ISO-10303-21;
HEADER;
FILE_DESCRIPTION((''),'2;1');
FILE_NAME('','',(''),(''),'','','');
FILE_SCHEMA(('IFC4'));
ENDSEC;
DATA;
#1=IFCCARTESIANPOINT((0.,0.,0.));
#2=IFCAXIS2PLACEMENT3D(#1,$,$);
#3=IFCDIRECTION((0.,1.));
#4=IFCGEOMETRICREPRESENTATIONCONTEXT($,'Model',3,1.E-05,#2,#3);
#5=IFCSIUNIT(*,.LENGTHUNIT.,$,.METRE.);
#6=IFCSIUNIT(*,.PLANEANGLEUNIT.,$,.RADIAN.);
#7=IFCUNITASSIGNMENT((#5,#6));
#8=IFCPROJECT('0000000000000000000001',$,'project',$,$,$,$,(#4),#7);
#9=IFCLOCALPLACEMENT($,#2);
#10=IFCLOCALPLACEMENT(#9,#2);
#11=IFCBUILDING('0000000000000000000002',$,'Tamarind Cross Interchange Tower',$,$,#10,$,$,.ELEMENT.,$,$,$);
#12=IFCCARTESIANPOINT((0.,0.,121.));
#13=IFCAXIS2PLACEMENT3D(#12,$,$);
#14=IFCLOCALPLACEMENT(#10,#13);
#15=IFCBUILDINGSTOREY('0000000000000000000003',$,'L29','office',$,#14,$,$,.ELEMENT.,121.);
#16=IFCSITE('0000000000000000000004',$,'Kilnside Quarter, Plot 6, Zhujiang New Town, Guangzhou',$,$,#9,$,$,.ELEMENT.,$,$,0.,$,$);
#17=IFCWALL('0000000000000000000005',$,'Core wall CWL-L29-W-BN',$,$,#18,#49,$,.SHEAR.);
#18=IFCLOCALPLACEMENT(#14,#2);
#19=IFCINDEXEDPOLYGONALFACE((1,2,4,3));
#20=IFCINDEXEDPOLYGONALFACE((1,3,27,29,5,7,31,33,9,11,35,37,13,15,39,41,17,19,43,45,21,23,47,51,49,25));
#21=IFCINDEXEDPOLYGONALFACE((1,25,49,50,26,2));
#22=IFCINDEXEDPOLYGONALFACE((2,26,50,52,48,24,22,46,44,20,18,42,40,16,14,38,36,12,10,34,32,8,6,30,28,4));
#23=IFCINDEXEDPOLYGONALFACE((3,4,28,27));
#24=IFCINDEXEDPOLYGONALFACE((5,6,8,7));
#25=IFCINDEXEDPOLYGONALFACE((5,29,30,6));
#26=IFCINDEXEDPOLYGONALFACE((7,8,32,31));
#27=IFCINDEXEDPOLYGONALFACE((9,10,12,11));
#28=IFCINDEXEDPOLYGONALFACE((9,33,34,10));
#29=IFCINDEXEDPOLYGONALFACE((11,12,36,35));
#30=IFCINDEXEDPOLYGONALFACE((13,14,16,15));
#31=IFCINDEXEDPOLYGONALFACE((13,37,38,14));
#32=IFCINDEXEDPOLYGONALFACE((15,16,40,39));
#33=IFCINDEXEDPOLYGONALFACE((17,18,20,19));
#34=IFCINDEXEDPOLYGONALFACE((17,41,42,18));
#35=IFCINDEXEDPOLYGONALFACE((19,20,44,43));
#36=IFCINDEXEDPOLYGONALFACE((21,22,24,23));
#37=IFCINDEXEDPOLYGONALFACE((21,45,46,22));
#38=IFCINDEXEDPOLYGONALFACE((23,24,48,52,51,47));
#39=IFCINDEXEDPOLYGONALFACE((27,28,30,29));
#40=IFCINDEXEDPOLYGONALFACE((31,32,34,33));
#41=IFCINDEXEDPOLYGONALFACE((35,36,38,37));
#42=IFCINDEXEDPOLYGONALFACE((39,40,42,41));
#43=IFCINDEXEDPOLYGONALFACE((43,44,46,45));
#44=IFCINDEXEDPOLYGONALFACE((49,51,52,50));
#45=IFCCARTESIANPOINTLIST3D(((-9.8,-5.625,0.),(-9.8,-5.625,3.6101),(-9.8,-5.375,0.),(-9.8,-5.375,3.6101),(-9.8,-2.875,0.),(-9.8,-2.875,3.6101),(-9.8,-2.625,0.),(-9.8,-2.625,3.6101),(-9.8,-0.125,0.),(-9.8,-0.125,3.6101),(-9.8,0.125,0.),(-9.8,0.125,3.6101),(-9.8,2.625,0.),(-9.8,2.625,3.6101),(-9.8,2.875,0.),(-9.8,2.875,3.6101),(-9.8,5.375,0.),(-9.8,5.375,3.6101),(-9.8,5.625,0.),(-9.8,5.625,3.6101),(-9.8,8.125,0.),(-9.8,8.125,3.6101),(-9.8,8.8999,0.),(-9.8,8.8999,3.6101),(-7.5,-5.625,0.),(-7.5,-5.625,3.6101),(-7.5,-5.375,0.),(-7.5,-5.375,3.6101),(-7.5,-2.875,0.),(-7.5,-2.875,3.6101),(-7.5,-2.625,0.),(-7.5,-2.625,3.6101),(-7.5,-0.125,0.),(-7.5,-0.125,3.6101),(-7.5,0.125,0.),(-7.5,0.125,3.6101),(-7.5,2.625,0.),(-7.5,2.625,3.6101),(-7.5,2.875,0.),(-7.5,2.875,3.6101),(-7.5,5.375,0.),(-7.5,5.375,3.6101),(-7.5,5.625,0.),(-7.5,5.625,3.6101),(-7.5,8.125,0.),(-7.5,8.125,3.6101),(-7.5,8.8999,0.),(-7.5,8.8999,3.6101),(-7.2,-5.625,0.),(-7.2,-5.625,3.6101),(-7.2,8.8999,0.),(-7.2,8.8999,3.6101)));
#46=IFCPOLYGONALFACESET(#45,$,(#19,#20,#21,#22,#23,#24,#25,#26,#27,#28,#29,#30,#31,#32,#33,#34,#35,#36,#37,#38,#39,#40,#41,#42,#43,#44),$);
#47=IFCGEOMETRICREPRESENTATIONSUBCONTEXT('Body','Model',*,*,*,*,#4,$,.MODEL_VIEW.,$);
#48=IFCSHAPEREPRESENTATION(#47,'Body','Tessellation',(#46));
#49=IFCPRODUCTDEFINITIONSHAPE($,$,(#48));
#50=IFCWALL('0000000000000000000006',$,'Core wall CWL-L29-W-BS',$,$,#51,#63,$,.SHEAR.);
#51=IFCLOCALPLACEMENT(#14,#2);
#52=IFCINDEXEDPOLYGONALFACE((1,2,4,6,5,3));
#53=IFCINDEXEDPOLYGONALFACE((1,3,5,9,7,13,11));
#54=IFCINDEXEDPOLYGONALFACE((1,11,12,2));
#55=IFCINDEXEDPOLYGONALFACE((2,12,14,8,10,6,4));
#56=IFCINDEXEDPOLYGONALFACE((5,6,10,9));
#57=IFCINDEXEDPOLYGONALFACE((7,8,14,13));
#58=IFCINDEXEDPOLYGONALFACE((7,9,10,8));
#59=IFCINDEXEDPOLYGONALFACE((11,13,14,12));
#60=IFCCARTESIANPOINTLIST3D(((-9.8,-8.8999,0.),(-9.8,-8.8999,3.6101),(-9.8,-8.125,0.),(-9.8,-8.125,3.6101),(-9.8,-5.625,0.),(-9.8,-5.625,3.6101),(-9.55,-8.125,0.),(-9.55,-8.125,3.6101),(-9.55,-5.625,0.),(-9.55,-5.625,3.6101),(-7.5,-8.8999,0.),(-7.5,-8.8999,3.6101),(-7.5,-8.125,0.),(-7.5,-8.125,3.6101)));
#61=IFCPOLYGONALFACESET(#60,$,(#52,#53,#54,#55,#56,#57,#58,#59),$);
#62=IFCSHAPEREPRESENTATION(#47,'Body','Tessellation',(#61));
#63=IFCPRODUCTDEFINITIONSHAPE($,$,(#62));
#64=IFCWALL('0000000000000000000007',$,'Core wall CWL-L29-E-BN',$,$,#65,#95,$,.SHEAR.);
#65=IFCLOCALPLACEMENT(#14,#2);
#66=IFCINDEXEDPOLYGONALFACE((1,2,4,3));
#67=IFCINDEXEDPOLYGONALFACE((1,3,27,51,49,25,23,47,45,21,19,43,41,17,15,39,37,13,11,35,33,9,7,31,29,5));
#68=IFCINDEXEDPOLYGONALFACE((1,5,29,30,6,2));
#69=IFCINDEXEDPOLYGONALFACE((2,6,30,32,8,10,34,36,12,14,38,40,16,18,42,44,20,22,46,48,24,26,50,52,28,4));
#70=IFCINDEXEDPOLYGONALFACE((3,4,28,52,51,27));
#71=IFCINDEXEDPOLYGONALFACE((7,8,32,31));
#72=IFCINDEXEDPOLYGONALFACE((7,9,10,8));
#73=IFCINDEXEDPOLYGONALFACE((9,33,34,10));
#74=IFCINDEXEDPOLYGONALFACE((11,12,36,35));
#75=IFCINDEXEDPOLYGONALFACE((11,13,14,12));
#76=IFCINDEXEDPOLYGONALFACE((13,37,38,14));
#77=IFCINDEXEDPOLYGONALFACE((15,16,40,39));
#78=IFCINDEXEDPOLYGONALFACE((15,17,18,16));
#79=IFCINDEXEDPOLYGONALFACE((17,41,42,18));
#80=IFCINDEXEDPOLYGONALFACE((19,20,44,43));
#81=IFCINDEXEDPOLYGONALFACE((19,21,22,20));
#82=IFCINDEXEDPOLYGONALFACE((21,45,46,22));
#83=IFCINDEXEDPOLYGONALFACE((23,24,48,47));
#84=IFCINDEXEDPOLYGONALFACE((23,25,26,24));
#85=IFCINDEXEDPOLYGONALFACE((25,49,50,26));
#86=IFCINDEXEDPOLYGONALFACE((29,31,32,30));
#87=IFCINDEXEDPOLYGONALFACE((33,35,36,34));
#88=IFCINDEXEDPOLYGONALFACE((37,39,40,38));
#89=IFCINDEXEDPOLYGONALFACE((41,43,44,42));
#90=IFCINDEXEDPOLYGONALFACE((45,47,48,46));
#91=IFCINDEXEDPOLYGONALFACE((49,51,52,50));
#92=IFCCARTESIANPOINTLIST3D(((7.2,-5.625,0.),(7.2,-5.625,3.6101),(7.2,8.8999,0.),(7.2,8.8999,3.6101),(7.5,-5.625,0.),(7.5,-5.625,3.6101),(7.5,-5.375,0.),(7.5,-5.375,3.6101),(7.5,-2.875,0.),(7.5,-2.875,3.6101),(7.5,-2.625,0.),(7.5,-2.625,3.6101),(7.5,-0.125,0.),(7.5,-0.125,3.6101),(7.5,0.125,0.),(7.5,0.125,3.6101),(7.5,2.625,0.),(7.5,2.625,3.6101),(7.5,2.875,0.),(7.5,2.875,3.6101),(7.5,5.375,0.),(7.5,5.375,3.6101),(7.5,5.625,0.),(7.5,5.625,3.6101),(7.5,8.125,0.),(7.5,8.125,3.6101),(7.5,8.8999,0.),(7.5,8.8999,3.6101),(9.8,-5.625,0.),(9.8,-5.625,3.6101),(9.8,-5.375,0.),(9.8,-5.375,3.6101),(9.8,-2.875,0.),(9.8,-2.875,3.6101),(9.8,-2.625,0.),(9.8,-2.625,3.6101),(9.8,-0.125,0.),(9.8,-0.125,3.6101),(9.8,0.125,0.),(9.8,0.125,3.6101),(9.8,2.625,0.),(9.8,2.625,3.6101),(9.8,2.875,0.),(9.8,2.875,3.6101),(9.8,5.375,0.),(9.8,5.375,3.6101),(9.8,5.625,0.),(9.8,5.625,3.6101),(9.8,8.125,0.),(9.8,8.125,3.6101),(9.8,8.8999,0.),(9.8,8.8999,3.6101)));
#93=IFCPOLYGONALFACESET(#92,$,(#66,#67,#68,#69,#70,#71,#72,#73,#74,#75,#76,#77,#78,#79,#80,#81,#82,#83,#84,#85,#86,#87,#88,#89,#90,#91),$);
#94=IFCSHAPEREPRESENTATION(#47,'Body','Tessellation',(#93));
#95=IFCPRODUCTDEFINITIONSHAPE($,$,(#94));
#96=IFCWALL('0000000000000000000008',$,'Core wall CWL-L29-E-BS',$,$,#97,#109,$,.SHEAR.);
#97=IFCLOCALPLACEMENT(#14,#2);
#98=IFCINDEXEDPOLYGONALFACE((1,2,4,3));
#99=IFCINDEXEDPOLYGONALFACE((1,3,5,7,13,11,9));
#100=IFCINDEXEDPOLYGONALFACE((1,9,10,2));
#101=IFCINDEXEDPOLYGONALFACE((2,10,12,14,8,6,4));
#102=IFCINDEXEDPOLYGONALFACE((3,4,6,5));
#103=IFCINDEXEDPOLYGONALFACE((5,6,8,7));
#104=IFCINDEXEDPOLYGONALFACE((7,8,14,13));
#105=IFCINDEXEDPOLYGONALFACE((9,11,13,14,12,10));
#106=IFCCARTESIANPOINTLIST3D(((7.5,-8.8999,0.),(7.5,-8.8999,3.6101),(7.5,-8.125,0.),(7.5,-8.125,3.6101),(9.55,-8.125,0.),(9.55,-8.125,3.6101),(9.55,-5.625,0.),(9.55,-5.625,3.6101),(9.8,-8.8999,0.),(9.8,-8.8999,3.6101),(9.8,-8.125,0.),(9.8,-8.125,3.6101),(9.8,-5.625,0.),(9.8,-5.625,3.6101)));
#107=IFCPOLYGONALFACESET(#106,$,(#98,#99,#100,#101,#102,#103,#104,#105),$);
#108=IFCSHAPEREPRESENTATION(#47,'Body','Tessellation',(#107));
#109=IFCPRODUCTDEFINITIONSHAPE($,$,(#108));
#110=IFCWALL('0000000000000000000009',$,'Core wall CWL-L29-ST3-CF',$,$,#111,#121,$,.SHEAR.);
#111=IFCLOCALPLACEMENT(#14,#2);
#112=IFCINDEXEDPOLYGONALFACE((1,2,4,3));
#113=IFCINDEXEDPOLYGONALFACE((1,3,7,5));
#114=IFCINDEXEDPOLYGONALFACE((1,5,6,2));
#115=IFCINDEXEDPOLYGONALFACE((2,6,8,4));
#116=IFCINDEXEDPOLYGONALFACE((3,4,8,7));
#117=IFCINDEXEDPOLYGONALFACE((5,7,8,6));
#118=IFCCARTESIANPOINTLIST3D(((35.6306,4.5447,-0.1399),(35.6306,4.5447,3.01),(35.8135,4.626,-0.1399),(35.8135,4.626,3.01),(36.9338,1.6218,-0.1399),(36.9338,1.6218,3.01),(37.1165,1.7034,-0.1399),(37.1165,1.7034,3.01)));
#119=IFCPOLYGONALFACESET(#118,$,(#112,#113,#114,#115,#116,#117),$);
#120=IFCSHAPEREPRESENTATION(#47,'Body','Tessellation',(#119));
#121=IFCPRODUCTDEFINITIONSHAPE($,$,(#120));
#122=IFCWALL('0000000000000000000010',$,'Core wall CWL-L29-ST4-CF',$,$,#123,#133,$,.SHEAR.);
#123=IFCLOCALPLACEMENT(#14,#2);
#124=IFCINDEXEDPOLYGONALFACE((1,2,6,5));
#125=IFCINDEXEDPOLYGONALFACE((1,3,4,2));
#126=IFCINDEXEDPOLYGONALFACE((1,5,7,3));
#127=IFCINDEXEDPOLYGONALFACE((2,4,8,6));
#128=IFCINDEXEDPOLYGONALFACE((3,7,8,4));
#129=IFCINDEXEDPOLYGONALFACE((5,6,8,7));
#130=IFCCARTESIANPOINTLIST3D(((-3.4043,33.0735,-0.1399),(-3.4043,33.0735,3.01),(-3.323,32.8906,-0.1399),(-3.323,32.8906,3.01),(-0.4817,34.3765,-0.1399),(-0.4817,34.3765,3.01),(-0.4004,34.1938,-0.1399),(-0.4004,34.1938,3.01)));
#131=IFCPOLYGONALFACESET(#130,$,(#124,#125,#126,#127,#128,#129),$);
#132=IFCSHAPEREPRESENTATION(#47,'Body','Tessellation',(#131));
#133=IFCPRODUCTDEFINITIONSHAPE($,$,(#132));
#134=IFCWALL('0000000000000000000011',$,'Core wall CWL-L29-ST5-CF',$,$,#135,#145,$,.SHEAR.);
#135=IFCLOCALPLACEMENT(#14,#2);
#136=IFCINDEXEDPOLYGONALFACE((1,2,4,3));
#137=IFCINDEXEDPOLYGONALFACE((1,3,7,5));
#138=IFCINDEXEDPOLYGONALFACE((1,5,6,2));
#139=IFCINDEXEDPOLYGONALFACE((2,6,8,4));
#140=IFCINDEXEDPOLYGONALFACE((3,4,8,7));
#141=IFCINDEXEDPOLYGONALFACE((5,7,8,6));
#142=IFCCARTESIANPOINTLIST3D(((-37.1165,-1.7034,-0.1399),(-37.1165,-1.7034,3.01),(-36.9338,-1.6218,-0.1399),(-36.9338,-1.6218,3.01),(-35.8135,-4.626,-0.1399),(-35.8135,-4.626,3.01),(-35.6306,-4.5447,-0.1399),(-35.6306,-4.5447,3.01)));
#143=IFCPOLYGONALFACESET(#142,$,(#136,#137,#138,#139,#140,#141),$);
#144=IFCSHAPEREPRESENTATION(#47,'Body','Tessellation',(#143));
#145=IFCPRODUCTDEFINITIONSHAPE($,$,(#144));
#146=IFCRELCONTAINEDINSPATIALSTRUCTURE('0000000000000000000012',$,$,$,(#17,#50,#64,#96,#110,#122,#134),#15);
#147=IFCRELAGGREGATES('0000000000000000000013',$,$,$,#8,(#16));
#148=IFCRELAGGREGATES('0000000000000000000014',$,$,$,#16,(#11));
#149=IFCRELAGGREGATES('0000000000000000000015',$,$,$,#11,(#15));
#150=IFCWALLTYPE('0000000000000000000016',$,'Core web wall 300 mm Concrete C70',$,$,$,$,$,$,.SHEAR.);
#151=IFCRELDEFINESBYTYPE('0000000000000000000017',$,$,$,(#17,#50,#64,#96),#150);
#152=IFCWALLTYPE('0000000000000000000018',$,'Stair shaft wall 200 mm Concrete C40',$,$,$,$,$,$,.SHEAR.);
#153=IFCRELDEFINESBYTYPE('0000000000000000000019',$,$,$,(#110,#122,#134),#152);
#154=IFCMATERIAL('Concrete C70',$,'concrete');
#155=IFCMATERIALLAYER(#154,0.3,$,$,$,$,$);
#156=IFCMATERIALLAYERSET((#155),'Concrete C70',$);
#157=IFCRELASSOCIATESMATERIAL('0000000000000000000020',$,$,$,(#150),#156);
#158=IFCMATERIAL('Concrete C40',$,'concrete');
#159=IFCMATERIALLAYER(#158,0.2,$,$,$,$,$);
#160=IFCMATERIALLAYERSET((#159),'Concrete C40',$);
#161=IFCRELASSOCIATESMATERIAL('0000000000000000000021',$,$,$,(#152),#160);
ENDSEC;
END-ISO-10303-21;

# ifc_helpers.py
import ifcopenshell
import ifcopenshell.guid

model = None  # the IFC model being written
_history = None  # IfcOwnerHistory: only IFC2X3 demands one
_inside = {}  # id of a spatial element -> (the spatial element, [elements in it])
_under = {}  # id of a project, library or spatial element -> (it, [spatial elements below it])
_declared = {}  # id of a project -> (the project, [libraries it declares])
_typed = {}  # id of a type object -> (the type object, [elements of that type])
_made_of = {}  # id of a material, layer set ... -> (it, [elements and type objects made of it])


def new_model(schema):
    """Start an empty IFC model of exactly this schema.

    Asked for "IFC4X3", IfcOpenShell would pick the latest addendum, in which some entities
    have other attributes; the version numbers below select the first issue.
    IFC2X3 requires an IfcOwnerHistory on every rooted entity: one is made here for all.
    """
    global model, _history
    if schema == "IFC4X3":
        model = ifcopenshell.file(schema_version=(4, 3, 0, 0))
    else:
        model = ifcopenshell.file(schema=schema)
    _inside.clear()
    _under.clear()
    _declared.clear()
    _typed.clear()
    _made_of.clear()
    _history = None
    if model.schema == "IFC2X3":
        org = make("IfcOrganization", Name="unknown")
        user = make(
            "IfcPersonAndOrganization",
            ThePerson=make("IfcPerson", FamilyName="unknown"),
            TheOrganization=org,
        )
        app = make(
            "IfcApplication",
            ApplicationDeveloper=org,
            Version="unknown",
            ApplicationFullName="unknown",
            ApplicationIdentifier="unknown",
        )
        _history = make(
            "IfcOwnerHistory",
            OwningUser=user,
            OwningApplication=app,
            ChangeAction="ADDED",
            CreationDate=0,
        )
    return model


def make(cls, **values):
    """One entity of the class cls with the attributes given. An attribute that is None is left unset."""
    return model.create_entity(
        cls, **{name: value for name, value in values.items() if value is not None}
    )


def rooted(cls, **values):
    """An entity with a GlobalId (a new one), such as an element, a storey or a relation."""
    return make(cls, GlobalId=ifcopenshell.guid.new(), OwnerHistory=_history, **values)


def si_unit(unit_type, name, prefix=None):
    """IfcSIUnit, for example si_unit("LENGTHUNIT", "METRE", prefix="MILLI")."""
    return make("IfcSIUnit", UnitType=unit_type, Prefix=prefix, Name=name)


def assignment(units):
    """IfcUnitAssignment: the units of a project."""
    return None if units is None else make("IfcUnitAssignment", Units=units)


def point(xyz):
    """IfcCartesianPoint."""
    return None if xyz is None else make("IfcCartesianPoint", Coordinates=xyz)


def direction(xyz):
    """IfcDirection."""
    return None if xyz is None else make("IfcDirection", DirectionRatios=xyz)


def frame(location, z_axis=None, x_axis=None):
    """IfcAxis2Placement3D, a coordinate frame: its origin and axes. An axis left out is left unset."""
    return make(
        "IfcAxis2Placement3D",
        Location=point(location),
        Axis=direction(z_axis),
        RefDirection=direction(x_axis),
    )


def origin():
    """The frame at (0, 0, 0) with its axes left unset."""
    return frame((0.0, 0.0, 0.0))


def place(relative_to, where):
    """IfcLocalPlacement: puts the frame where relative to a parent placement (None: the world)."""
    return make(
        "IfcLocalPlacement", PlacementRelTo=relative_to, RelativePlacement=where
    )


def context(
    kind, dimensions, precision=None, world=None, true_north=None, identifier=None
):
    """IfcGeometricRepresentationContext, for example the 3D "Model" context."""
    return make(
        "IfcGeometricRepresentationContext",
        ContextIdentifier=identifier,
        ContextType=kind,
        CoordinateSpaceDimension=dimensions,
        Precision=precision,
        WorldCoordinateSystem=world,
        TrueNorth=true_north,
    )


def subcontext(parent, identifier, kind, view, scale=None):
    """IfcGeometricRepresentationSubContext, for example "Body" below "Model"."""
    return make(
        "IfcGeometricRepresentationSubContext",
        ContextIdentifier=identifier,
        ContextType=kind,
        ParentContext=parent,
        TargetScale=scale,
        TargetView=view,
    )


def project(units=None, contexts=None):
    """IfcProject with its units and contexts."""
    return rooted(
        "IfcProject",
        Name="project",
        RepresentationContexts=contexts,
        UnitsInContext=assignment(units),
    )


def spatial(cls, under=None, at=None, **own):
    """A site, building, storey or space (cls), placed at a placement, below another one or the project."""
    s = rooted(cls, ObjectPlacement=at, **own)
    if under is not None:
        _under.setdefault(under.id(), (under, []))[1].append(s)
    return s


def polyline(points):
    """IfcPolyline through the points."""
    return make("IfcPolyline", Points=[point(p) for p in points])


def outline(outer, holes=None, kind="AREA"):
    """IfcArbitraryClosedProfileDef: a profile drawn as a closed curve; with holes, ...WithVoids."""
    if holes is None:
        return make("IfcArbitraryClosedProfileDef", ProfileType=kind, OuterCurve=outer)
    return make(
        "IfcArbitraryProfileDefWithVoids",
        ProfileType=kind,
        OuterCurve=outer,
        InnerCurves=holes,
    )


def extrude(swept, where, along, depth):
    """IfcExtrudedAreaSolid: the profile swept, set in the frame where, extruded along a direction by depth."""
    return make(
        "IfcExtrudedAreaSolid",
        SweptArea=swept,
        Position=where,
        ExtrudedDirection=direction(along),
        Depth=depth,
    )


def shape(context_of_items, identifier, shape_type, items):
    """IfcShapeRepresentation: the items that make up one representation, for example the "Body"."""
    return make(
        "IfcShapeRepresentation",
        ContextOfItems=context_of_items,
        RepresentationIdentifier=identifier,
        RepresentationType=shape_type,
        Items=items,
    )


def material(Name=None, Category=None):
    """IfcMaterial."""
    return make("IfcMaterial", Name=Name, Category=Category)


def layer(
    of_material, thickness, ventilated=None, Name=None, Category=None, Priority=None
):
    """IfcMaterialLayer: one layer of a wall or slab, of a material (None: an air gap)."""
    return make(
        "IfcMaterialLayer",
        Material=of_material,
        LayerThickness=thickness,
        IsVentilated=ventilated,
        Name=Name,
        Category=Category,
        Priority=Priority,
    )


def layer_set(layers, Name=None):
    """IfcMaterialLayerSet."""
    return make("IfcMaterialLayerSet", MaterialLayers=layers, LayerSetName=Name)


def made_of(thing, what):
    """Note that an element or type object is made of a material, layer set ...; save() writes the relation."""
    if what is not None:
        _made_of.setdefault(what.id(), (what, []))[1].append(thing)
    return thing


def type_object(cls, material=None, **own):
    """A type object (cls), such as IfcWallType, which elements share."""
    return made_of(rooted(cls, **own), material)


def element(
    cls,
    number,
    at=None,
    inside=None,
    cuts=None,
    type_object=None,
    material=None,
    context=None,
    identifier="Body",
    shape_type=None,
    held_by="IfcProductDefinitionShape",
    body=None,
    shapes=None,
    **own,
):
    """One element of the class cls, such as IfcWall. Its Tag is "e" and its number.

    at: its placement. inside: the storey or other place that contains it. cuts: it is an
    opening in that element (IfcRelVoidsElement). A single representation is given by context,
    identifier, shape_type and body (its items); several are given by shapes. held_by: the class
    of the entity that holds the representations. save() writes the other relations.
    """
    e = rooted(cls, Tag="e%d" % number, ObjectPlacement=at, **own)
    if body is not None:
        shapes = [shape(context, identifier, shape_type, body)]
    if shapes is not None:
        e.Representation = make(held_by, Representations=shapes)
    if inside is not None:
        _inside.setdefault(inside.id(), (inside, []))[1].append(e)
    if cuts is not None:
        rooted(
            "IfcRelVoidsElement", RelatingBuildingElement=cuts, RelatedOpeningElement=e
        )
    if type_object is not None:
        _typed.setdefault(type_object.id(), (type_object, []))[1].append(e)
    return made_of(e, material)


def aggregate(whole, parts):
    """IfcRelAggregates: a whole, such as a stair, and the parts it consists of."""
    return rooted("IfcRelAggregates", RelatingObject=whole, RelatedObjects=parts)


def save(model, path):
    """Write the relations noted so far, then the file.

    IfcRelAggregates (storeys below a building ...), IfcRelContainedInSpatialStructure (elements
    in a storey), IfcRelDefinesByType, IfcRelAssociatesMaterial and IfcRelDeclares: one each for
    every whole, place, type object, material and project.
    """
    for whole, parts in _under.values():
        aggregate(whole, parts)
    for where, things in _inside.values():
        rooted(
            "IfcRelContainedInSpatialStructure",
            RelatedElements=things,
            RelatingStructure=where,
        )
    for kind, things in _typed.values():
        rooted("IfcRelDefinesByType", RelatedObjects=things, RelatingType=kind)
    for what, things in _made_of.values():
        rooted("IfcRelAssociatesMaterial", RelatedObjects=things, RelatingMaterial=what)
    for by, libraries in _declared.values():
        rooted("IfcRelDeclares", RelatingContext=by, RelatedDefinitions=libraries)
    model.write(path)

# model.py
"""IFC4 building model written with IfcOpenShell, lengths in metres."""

from ifc_helpers import new_model, si_unit, direction, frame, origin, place, context, subcontext, project, spatial, polyline, outline, extrude, material, layer, layer_set, type_object, element, save


model = new_model("IFC4")

# Units and contexts
model_context = context("Model", 3, precision=1e-05, world=origin(), true_north=direction((0.0, 1.0)))
body_context = subcontext(model_context, "Body", "Model", "MODEL_VIEW")
ifc_project = project(units=[si_unit("LENGTHUNIT", "METRE"), si_unit("PLANEANGLEUNIT", "RADIAN")], contexts=[model_context])

# Site, building, storey
site_placement = place(None, origin())
site = spatial("IfcSite", under=ifc_project, at=site_placement, Name="Kilnside Quarter, Plot 6, Zhujiang New Town, Guangzhou", CompositionType="ELEMENT", RefElevation=0.0)
building_placement = place(site_placement, origin())
building = spatial("IfcBuilding", under=site, at=building_placement, Name="Tamarind Cross Interchange Tower", CompositionType="ELEMENT")
storey_placement = place(building_placement, frame((0.0, 0.0, 121.0)))
storey = spatial("IfcBuildingStorey", under=building, at=storey_placement, Name="L29", Description="office", CompositionType="ELEMENT", Elevation=121.0)

# Shared definitions
ifc_material_1 = material(Name="Concrete C40", Category="concrete")

# Walls
ifc_material_2 = material(Name="Concrete C70", Category="concrete")
ifc_layer_1 = layer(ifc_material_2, 0.3)
ifc_layer_set_1 = layer_set([ifc_layer_1], Name="Concrete C70")
wall_type_1 = type_object("IfcWallType", Name="Core web wall 300 mm Concrete C70", PredefinedType="SHEAR", material=ifc_layer_set_1)
wall_1_placement = place(storey_placement, origin())
element("IfcWall", 1, at=wall_1_placement, inside=storey, type_object=wall_type_1, Name="Core wall CWL-L29-W-BN", PredefinedType="SHEAR", context=body_context, shape_type="SweptSolid", body=[
    extrude(outline(polyline([(-9.8, -5.375), (-9.8, -5.625), (-7.5, -5.625), (-7.2, -5.625), (-7.2, 8.8999), (-7.5, 8.8999), (-9.8, 8.8999), (-9.8, 8.125), (-7.5, 8.125), (-7.5, 5.625), (-9.8, 5.625), (-9.8, 5.375), (-7.5, 5.375), (-7.5, 2.875), (-9.8, 2.875), (-9.8, 2.625), (-7.5, 2.625), (-7.5, 0.125), (-9.8, 0.125), (-9.8, -0.125), (-7.5, -0.125), (-7.5, -2.625), (-9.8, -2.625), (-9.8, -2.875), (-7.5, -2.875), (-7.5, -5.375), (-9.8, -5.375)])), origin(), (0.0, 0.0, 1.0), 3.6101),
])
wall_2_placement = place(storey_placement, origin())
element("IfcWall", 2, at=wall_2_placement, inside=storey, type_object=wall_type_1, Name="Core wall CWL-L29-W-BS", PredefinedType="SHEAR", context=body_context, shape_type="SweptSolid", body=[
    extrude(outline(polyline([(-7.5, -8.125), (-9.55, -8.125), (-9.55, -5.625), (-9.8, -5.625), (-9.8, -8.125), (-9.8, -8.8999), (-7.5, -8.8999), (-7.5, -8.125)])), origin(), (0.0, 0.0, 1.0), 3.6101),
])
wall_3_placement = place(storey_placement, origin())
element("IfcWall", 3, at=wall_3_placement, inside=storey, type_object=wall_type_1, Name="Core wall CWL-L29-E-BN", PredefinedType="SHEAR", context=body_context, shape_type="SweptSolid", body=[
    extrude(outline(polyline([(9.8, -5.375), (7.5, -5.375), (7.5, -2.875), (9.8, -2.875), (9.8, -2.625), (7.5, -2.625), (7.5, -0.125), (9.8, -0.125), (9.8, 0.125), (7.5, 0.125), (7.5, 2.625), (9.8, 2.625), (9.8, 2.875), (7.5, 2.875), (7.5, 5.375), (9.8, 5.375), (9.8, 5.625), (7.5, 5.625), (7.5, 8.125), (9.8, 8.125), (9.8, 8.8999), (7.5, 8.8999), (7.2, 8.8999), (7.2, -5.625), (7.5, -5.625), (9.8, -5.625), (9.8, -5.375)])), origin(), (0.0, 0.0, 1.0), 3.6101),
])
wall_4_placement = place(storey_placement, origin())
element("IfcWall", 4, at=wall_4_placement, inside=storey, type_object=wall_type_1, Name="Core wall CWL-L29-E-BS", PredefinedType="SHEAR", context=body_context, shape_type="SweptSolid", body=[
    extrude(outline(polyline([(7.5, -8.125), (7.5, -8.8999), (9.8, -8.8999), (9.8, -8.125), (9.8, -5.625), (9.55, -5.625), (9.55, -8.125), (7.5, -8.125)])), origin(), (0.0, 0.0, 1.0), 3.6101),
])
ifc_layer_2 = layer(ifc_material_1, 0.2)
ifc_layer_set_2 = layer_set([ifc_layer_2], Name="Concrete C40")
wall_type_2 = type_object("IfcWallType", Name="Stair shaft wall 200 mm Concrete C40", PredefinedType="SHEAR", material=ifc_layer_set_2)
wall_5_placement = place(storey_placement, frame((0.0, 0.0, -0.1399)))
element("IfcWall", 5, at=wall_5_placement, inside=storey, type_object=wall_type_2, Name="Core wall CWL-L29-ST3-CF", PredefinedType="SHEAR", context=body_context, shape_type="SweptSolid", body=[
    extrude(outline(polyline([(36.9338, 1.6218), (37.1165, 1.7034), (35.8135, 4.626), (35.6306, 4.5447), (36.9338, 1.6218)])), origin(), (0.0, 0.0, 1.0), 3.1499),
])
wall_6_placement = place(storey_placement, frame((0.0, 0.0, -0.1399)))
element("IfcWall", 6, at=wall_6_placement, inside=storey, type_object=wall_type_2, Name="Core wall CWL-L29-ST4-CF", PredefinedType="SHEAR", context=body_context, shape_type="SweptSolid", body=[
    extrude(outline(polyline([(-0.4004, 34.1938), (-0.4817, 34.3765), (-3.4043, 33.0735), (-3.323, 32.8906), (-0.4004, 34.1938)])), origin(), (0.0, 0.0, 1.0), 3.1499),
])
wall_7_placement = place(storey_placement, frame((0.0, 0.0, -0.1399)))
element("IfcWall", 7, at=wall_7_placement, inside=storey, type_object=wall_type_2, Name="Core wall CWL-L29-ST5-CF", PredefinedType="SHEAR", context=body_context, shape_type="SweptSolid", body=[
    extrude(outline(polyline([(-36.9338, -1.6218), (-37.1165, -1.7034), (-35.8135, -4.626), (-35.6306, -4.5447), (-36.9338, -1.6218)])), origin(), (0.0, 0.0, 1.0), 3.1499),
])

save(model, "model.ifc")
